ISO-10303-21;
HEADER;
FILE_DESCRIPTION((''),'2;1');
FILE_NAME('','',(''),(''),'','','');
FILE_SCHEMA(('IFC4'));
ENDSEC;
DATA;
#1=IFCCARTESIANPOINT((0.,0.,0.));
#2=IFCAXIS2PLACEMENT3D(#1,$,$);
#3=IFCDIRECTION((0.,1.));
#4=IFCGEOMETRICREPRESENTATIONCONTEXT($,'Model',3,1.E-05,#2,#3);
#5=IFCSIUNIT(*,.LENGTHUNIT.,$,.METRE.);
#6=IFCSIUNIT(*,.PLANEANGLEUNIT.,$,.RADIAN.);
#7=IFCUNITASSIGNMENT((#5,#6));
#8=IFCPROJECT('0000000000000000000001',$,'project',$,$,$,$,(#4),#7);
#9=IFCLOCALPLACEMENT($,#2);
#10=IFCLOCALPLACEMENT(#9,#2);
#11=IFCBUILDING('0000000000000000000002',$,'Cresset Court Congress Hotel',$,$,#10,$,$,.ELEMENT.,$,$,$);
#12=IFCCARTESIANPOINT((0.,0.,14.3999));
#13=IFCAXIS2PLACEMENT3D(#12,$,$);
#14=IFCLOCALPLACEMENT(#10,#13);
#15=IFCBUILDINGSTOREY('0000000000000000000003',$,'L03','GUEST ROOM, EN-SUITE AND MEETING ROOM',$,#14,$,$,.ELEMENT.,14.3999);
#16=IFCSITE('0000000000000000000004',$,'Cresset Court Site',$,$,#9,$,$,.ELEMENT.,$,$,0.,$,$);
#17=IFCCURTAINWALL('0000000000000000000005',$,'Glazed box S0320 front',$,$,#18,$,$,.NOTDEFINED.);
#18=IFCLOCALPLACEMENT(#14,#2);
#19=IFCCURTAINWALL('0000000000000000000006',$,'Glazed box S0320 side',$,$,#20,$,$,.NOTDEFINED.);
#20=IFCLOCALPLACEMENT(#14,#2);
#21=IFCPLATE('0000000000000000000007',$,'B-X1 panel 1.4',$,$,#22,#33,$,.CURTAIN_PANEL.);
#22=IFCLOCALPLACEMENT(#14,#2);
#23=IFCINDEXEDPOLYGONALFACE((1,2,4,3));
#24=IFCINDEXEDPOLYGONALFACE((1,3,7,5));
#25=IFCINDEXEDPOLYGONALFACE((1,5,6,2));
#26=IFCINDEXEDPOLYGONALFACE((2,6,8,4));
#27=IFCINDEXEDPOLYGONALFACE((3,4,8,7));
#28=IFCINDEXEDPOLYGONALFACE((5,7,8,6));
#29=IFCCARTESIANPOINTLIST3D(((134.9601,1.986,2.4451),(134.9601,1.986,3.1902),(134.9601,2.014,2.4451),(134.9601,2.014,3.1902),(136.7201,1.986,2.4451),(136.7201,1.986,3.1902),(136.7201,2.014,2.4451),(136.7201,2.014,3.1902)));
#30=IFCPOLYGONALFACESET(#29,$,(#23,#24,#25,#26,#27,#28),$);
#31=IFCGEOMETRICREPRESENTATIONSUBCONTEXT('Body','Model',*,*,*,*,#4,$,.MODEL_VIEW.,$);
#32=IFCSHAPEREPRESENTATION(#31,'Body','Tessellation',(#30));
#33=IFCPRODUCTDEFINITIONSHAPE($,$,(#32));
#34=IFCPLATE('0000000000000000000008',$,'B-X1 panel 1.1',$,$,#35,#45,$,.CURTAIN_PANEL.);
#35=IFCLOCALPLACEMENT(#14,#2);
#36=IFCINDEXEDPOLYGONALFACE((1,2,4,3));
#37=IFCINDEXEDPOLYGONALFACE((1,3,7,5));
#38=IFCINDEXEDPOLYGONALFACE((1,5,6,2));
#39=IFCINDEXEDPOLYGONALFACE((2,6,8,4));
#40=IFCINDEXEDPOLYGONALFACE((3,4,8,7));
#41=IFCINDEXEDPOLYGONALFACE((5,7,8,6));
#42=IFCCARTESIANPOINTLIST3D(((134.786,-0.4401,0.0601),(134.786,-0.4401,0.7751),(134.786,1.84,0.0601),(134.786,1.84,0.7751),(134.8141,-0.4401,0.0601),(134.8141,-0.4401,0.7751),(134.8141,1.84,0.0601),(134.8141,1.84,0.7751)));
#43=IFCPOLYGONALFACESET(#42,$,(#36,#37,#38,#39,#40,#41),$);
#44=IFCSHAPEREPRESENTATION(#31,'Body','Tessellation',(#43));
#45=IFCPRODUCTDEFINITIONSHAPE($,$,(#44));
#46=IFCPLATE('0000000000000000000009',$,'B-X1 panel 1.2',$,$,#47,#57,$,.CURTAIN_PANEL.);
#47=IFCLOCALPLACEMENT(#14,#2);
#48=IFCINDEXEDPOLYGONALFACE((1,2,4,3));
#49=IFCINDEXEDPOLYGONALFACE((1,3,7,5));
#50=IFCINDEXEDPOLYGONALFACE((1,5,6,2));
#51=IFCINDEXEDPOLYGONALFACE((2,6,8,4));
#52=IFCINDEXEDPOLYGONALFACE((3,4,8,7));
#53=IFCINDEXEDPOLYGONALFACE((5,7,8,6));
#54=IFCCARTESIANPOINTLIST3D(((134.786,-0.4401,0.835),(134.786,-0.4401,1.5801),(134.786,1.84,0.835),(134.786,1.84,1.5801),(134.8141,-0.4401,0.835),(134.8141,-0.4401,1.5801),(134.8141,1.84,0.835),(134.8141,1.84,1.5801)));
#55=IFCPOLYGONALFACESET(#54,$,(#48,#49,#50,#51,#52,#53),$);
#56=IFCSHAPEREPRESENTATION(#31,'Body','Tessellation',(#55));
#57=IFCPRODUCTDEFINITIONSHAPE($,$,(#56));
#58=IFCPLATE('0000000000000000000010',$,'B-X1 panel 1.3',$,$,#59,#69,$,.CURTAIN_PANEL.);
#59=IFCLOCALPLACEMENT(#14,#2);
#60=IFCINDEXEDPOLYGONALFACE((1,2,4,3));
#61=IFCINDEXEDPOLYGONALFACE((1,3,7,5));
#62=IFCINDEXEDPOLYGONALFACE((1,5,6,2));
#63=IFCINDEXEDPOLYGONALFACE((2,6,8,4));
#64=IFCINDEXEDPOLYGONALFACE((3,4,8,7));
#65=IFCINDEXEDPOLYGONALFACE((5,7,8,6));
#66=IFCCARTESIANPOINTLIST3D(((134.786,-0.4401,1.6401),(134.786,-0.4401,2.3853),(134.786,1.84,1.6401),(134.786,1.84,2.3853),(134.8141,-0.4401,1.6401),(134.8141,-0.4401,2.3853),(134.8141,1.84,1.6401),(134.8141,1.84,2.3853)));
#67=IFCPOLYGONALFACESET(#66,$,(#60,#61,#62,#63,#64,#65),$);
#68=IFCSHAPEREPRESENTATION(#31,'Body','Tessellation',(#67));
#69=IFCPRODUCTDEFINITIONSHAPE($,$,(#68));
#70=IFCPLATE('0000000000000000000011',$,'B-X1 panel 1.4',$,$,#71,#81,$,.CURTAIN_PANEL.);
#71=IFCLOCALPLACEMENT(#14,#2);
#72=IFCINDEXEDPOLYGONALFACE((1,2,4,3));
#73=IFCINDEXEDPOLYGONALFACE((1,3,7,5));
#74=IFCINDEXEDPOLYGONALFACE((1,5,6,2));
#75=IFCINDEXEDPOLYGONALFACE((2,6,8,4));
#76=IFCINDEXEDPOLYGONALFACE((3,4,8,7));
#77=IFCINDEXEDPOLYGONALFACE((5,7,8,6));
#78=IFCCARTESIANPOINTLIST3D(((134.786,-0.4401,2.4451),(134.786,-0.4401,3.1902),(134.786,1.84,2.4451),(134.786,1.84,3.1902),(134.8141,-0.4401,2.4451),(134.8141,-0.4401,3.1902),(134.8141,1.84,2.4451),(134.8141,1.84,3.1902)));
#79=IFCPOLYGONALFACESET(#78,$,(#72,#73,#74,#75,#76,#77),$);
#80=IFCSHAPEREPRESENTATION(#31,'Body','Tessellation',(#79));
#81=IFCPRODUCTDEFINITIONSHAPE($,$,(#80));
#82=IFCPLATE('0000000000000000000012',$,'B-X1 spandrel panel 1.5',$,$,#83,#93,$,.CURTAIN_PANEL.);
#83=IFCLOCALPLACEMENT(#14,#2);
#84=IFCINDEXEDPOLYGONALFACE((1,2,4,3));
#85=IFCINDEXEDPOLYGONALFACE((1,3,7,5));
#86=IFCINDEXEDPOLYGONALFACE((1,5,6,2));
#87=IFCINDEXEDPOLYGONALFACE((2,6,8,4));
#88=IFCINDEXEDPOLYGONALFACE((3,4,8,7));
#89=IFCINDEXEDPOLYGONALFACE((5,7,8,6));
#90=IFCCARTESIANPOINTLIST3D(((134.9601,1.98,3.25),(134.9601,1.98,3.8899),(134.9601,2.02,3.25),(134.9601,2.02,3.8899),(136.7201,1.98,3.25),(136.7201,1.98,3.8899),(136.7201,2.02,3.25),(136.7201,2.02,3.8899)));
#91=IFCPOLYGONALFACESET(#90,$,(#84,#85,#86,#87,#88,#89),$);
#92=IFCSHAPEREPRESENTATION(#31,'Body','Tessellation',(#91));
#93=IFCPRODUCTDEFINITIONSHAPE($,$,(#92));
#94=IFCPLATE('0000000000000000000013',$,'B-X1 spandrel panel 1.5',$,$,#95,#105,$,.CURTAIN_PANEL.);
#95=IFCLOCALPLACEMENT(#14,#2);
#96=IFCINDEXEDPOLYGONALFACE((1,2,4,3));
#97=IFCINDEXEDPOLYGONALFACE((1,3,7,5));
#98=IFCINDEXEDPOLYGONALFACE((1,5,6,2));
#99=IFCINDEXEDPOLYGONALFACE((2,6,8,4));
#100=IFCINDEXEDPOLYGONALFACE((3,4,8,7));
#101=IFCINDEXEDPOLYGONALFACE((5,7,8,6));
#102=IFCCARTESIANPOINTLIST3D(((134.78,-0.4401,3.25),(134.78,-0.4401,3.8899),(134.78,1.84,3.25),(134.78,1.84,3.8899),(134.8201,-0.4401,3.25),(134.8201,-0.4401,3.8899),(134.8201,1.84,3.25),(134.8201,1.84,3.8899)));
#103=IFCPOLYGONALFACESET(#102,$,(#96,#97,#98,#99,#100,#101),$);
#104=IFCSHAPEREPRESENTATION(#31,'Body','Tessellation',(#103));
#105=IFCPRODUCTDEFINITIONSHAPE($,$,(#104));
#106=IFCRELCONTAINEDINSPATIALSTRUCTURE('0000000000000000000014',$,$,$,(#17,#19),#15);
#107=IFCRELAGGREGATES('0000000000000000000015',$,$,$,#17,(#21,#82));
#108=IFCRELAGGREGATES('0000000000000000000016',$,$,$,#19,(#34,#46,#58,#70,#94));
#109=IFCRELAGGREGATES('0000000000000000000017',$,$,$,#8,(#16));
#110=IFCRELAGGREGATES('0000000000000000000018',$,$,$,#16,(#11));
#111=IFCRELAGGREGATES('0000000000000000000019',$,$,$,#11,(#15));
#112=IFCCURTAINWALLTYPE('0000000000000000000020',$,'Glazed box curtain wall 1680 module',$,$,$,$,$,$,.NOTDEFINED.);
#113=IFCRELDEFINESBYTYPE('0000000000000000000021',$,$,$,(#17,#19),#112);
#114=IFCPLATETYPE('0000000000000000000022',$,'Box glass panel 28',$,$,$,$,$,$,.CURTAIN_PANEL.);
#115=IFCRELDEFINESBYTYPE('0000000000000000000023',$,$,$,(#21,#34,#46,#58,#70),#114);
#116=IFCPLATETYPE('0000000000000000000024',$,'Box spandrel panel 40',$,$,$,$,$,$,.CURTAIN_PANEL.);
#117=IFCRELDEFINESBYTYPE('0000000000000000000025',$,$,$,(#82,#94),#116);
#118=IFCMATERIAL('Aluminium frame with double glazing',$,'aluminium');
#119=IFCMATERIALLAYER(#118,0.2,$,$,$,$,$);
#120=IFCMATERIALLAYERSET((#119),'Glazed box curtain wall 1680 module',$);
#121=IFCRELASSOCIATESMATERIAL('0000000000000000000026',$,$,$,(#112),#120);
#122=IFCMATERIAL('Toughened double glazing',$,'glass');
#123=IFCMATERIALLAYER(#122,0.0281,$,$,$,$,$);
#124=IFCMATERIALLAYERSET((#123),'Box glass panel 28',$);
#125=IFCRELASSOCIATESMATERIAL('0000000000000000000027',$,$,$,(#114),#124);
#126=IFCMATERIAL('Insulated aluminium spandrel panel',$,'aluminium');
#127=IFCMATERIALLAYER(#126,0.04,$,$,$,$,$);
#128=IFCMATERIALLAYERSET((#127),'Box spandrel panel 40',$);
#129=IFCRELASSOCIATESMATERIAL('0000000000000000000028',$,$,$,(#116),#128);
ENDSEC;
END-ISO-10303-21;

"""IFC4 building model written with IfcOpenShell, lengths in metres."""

from ifc_helpers import new_model, si_unit, direction, frame, origin, origin_2d, place, context, subcontext, project, spatial, rectangle, extrude, material, layer, layer_set, type_object, element, aggregate, save


model = new_model("IFC4")

# Units and contexts
model_context = context("Model", 3, precision=1e-05, world=origin(), true_north=direction((0.0, 1.0)))
body_context = subcontext(model_context, "Body", "Model", "MODEL_VIEW")
ifc_project = project(units=[si_unit("LENGTHUNIT", "METRE"), si_unit("PLANEANGLEUNIT", "RADIAN")], contexts=[model_context])

# Site, building, storey
site_placement = place(None, origin())
site = spatial("IfcSite", under=ifc_project, at=site_placement, Name="Cresset Court Site", CompositionType="ELEMENT", RefElevation=0.0)
building_placement = place(site_placement, origin())
building = spatial("IfcBuilding", under=site, at=building_placement, Name="Cresset Court Congress Hotel", CompositionType="ELEMENT")
storey_placement = place(building_placement, frame((0.0, 0.0, 14.3999)))
storey = spatial("IfcBuildingStorey", under=building, at=storey_placement, Name="L03", Description="GUEST ROOM, EN-SUITE AND MEETING ROOM", CompositionType="ELEMENT", Elevation=14.3999)

# Curtain wall
ifc_material_1 = material(Name="Aluminium frame with double glazing", Category="aluminium")
ifc_layer_1 = layer(ifc_material_1, 0.2)
ifc_layer_set_1 = layer_set([ifc_layer_1], Name="Glazed box curtain wall 1680 module")
curtain_wall_type = type_object("IfcCurtainWallType", Name="Glazed box curtain wall 1680 module", PredefinedType="NOTDEFINED", material=ifc_layer_set_1)
curtain_wall_1_placement = place(storey_placement, origin())
curtain_wall_1 = element("IfcCurtainWall", 1, at=curtain_wall_1_placement, inside=storey, type_object=curtain_wall_type, Name="Glazed box S0320 front", PredefinedType="NOTDEFINED")

# Curtain wall
curtain_wall_2_placement = place(storey_placement, origin())
curtain_wall_2 = element("IfcCurtainWall", 2, at=curtain_wall_2_placement, inside=storey, type_object=curtain_wall_type, Name="Glazed box S0320 side", PredefinedType="NOTDEFINED")

# Plates
ifc_material_2 = material(Name="Toughened double glazing", Category="glass")
ifc_layer_2 = layer(ifc_material_2, 0.0281)
ifc_layer_set_2 = layer_set([ifc_layer_2], Name="Box glass panel 28")
plate_type_1 = type_object("IfcPlateType", Name="Box glass panel 28", PredefinedType="CURTAIN_PANEL", material=ifc_layer_set_2)
plate_1_placement = place(storey_placement, frame((135.8401, 2.0, 2.4451), z_axis=(0.0, 0.0, 1.0), x_axis=(1.0, 0.0, 0.0)))
plate_1 = element("IfcPlate", 3, at=plate_1_placement, type_object=plate_type_1, Name="B-X1 panel 1.4", PredefinedType="CURTAIN_PANEL", context=body_context, shape_type="SweptSolid", body=[
    extrude(rectangle(XDim=1.76, YDim=0.0281, at=origin_2d()), origin(), (0.0, 0.0, 1.0), 0.7451),
])
plate_2_placement = place(storey_placement, frame((134.8, 0.7, 0.0601), z_axis=(0.0, 0.0, 1.0), x_axis=(0.0, 1.0, 0.0)))
plate_2 = element("IfcPlate", 4, at=plate_2_placement, type_object=plate_type_1, Name="B-X1 panel 1.1", PredefinedType="CURTAIN_PANEL", context=body_context, shape_type="SweptSolid", body=[
    extrude(rectangle(XDim=2.28, YDim=0.0281, at=origin_2d()), origin(), (0.0, 0.0, 1.0), 0.7151),
])
plate_3_placement = place(storey_placement, frame((134.8, 0.7, 0.835), z_axis=(0.0, 0.0, 1.0), x_axis=(0.0, 1.0, 0.0)))
plate_3 = element("IfcPlate", 5, at=plate_3_placement, type_object=plate_type_1, Name="B-X1 panel 1.2", PredefinedType="CURTAIN_PANEL", context=body_context, shape_type="SweptSolid", body=[
    extrude(rectangle(XDim=2.28, YDim=0.0281, at=origin_2d()), origin(), (0.0, 0.0, 1.0), 0.7451),
])
plate_4_placement = place(storey_placement, frame((134.8, 0.7, 1.6401), z_axis=(0.0, 0.0, 1.0), x_axis=(0.0, 1.0, 0.0)))
plate_4 = element("IfcPlate", 6, at=plate_4_placement, type_object=plate_type_1, Name="B-X1 panel 1.3", PredefinedType="CURTAIN_PANEL", context=body_context, shape_type="SweptSolid", body=[
    extrude(rectangle(XDim=2.28, YDim=0.0281, at=origin_2d()), origin(), (0.0, 0.0, 1.0), 0.7451),
])
plate_5_placement = place(storey_placement, frame((134.8, 0.7, 2.4451), z_axis=(0.0, 0.0, 1.0), x_axis=(0.0, 1.0, 0.0)))
plate_5 = element("IfcPlate", 7, at=plate_5_placement, type_object=plate_type_1, Name="B-X1 panel 1.4", PredefinedType="CURTAIN_PANEL", context=body_context, shape_type="SweptSolid", body=[
    extrude(rectangle(XDim=2.28, YDim=0.0281, at=origin_2d()), origin(), (0.0, 0.0, 1.0), 0.7451),
])
ifc_material_3 = material(Name="Insulated aluminium spandrel panel", Category="aluminium")
ifc_layer_3 = layer(ifc_material_3, 0.04)
ifc_layer_set_3 = layer_set([ifc_layer_3], Name="Box spandrel panel 40")
plate_type_2 = type_object("IfcPlateType", Name="Box spandrel panel 40", PredefinedType="CURTAIN_PANEL", material=ifc_layer_set_3)
plate_6_placement = place(storey_placement, frame((135.8401, 2.0, 3.25), z_axis=(0.0, 0.0, 1.0), x_axis=(1.0, 0.0, 0.0)))
plate_6 = element("IfcPlate", 8, at=plate_6_placement, type_object=plate_type_2, Name="B-X1 spandrel panel 1.5", PredefinedType="CURTAIN_PANEL", context=body_context, shape_type="SweptSolid", body=[
    extrude(rectangle(XDim=1.76, YDim=0.04, at=origin_2d()), origin(), (0.0, 0.0, 1.0), 0.6399),
])
aggregate(curtain_wall_1, [plate_1, plate_6])
plate_7_placement = place(storey_placement, frame((134.8, 0.7, 3.25), z_axis=(0.0, 0.0, 1.0), x_axis=(0.0, 1.0, 0.0)))
plate_7 = element("IfcPlate", 9, at=plate_7_placement, type_object=plate_type_2, Name="B-X1 spandrel panel 1.5", PredefinedType="CURTAIN_PANEL", context=body_context, shape_type="SweptSolid", body=[
    extrude(rectangle(XDim=2.28, YDim=0.04, at=origin_2d()), origin(), (0.0, 0.0, 1.0), 0.6399),
])
aggregate(curtain_wall_2, [plate_2, plate_3, plate_4, plate_5, plate_7])

save(model, "model.ifc")
